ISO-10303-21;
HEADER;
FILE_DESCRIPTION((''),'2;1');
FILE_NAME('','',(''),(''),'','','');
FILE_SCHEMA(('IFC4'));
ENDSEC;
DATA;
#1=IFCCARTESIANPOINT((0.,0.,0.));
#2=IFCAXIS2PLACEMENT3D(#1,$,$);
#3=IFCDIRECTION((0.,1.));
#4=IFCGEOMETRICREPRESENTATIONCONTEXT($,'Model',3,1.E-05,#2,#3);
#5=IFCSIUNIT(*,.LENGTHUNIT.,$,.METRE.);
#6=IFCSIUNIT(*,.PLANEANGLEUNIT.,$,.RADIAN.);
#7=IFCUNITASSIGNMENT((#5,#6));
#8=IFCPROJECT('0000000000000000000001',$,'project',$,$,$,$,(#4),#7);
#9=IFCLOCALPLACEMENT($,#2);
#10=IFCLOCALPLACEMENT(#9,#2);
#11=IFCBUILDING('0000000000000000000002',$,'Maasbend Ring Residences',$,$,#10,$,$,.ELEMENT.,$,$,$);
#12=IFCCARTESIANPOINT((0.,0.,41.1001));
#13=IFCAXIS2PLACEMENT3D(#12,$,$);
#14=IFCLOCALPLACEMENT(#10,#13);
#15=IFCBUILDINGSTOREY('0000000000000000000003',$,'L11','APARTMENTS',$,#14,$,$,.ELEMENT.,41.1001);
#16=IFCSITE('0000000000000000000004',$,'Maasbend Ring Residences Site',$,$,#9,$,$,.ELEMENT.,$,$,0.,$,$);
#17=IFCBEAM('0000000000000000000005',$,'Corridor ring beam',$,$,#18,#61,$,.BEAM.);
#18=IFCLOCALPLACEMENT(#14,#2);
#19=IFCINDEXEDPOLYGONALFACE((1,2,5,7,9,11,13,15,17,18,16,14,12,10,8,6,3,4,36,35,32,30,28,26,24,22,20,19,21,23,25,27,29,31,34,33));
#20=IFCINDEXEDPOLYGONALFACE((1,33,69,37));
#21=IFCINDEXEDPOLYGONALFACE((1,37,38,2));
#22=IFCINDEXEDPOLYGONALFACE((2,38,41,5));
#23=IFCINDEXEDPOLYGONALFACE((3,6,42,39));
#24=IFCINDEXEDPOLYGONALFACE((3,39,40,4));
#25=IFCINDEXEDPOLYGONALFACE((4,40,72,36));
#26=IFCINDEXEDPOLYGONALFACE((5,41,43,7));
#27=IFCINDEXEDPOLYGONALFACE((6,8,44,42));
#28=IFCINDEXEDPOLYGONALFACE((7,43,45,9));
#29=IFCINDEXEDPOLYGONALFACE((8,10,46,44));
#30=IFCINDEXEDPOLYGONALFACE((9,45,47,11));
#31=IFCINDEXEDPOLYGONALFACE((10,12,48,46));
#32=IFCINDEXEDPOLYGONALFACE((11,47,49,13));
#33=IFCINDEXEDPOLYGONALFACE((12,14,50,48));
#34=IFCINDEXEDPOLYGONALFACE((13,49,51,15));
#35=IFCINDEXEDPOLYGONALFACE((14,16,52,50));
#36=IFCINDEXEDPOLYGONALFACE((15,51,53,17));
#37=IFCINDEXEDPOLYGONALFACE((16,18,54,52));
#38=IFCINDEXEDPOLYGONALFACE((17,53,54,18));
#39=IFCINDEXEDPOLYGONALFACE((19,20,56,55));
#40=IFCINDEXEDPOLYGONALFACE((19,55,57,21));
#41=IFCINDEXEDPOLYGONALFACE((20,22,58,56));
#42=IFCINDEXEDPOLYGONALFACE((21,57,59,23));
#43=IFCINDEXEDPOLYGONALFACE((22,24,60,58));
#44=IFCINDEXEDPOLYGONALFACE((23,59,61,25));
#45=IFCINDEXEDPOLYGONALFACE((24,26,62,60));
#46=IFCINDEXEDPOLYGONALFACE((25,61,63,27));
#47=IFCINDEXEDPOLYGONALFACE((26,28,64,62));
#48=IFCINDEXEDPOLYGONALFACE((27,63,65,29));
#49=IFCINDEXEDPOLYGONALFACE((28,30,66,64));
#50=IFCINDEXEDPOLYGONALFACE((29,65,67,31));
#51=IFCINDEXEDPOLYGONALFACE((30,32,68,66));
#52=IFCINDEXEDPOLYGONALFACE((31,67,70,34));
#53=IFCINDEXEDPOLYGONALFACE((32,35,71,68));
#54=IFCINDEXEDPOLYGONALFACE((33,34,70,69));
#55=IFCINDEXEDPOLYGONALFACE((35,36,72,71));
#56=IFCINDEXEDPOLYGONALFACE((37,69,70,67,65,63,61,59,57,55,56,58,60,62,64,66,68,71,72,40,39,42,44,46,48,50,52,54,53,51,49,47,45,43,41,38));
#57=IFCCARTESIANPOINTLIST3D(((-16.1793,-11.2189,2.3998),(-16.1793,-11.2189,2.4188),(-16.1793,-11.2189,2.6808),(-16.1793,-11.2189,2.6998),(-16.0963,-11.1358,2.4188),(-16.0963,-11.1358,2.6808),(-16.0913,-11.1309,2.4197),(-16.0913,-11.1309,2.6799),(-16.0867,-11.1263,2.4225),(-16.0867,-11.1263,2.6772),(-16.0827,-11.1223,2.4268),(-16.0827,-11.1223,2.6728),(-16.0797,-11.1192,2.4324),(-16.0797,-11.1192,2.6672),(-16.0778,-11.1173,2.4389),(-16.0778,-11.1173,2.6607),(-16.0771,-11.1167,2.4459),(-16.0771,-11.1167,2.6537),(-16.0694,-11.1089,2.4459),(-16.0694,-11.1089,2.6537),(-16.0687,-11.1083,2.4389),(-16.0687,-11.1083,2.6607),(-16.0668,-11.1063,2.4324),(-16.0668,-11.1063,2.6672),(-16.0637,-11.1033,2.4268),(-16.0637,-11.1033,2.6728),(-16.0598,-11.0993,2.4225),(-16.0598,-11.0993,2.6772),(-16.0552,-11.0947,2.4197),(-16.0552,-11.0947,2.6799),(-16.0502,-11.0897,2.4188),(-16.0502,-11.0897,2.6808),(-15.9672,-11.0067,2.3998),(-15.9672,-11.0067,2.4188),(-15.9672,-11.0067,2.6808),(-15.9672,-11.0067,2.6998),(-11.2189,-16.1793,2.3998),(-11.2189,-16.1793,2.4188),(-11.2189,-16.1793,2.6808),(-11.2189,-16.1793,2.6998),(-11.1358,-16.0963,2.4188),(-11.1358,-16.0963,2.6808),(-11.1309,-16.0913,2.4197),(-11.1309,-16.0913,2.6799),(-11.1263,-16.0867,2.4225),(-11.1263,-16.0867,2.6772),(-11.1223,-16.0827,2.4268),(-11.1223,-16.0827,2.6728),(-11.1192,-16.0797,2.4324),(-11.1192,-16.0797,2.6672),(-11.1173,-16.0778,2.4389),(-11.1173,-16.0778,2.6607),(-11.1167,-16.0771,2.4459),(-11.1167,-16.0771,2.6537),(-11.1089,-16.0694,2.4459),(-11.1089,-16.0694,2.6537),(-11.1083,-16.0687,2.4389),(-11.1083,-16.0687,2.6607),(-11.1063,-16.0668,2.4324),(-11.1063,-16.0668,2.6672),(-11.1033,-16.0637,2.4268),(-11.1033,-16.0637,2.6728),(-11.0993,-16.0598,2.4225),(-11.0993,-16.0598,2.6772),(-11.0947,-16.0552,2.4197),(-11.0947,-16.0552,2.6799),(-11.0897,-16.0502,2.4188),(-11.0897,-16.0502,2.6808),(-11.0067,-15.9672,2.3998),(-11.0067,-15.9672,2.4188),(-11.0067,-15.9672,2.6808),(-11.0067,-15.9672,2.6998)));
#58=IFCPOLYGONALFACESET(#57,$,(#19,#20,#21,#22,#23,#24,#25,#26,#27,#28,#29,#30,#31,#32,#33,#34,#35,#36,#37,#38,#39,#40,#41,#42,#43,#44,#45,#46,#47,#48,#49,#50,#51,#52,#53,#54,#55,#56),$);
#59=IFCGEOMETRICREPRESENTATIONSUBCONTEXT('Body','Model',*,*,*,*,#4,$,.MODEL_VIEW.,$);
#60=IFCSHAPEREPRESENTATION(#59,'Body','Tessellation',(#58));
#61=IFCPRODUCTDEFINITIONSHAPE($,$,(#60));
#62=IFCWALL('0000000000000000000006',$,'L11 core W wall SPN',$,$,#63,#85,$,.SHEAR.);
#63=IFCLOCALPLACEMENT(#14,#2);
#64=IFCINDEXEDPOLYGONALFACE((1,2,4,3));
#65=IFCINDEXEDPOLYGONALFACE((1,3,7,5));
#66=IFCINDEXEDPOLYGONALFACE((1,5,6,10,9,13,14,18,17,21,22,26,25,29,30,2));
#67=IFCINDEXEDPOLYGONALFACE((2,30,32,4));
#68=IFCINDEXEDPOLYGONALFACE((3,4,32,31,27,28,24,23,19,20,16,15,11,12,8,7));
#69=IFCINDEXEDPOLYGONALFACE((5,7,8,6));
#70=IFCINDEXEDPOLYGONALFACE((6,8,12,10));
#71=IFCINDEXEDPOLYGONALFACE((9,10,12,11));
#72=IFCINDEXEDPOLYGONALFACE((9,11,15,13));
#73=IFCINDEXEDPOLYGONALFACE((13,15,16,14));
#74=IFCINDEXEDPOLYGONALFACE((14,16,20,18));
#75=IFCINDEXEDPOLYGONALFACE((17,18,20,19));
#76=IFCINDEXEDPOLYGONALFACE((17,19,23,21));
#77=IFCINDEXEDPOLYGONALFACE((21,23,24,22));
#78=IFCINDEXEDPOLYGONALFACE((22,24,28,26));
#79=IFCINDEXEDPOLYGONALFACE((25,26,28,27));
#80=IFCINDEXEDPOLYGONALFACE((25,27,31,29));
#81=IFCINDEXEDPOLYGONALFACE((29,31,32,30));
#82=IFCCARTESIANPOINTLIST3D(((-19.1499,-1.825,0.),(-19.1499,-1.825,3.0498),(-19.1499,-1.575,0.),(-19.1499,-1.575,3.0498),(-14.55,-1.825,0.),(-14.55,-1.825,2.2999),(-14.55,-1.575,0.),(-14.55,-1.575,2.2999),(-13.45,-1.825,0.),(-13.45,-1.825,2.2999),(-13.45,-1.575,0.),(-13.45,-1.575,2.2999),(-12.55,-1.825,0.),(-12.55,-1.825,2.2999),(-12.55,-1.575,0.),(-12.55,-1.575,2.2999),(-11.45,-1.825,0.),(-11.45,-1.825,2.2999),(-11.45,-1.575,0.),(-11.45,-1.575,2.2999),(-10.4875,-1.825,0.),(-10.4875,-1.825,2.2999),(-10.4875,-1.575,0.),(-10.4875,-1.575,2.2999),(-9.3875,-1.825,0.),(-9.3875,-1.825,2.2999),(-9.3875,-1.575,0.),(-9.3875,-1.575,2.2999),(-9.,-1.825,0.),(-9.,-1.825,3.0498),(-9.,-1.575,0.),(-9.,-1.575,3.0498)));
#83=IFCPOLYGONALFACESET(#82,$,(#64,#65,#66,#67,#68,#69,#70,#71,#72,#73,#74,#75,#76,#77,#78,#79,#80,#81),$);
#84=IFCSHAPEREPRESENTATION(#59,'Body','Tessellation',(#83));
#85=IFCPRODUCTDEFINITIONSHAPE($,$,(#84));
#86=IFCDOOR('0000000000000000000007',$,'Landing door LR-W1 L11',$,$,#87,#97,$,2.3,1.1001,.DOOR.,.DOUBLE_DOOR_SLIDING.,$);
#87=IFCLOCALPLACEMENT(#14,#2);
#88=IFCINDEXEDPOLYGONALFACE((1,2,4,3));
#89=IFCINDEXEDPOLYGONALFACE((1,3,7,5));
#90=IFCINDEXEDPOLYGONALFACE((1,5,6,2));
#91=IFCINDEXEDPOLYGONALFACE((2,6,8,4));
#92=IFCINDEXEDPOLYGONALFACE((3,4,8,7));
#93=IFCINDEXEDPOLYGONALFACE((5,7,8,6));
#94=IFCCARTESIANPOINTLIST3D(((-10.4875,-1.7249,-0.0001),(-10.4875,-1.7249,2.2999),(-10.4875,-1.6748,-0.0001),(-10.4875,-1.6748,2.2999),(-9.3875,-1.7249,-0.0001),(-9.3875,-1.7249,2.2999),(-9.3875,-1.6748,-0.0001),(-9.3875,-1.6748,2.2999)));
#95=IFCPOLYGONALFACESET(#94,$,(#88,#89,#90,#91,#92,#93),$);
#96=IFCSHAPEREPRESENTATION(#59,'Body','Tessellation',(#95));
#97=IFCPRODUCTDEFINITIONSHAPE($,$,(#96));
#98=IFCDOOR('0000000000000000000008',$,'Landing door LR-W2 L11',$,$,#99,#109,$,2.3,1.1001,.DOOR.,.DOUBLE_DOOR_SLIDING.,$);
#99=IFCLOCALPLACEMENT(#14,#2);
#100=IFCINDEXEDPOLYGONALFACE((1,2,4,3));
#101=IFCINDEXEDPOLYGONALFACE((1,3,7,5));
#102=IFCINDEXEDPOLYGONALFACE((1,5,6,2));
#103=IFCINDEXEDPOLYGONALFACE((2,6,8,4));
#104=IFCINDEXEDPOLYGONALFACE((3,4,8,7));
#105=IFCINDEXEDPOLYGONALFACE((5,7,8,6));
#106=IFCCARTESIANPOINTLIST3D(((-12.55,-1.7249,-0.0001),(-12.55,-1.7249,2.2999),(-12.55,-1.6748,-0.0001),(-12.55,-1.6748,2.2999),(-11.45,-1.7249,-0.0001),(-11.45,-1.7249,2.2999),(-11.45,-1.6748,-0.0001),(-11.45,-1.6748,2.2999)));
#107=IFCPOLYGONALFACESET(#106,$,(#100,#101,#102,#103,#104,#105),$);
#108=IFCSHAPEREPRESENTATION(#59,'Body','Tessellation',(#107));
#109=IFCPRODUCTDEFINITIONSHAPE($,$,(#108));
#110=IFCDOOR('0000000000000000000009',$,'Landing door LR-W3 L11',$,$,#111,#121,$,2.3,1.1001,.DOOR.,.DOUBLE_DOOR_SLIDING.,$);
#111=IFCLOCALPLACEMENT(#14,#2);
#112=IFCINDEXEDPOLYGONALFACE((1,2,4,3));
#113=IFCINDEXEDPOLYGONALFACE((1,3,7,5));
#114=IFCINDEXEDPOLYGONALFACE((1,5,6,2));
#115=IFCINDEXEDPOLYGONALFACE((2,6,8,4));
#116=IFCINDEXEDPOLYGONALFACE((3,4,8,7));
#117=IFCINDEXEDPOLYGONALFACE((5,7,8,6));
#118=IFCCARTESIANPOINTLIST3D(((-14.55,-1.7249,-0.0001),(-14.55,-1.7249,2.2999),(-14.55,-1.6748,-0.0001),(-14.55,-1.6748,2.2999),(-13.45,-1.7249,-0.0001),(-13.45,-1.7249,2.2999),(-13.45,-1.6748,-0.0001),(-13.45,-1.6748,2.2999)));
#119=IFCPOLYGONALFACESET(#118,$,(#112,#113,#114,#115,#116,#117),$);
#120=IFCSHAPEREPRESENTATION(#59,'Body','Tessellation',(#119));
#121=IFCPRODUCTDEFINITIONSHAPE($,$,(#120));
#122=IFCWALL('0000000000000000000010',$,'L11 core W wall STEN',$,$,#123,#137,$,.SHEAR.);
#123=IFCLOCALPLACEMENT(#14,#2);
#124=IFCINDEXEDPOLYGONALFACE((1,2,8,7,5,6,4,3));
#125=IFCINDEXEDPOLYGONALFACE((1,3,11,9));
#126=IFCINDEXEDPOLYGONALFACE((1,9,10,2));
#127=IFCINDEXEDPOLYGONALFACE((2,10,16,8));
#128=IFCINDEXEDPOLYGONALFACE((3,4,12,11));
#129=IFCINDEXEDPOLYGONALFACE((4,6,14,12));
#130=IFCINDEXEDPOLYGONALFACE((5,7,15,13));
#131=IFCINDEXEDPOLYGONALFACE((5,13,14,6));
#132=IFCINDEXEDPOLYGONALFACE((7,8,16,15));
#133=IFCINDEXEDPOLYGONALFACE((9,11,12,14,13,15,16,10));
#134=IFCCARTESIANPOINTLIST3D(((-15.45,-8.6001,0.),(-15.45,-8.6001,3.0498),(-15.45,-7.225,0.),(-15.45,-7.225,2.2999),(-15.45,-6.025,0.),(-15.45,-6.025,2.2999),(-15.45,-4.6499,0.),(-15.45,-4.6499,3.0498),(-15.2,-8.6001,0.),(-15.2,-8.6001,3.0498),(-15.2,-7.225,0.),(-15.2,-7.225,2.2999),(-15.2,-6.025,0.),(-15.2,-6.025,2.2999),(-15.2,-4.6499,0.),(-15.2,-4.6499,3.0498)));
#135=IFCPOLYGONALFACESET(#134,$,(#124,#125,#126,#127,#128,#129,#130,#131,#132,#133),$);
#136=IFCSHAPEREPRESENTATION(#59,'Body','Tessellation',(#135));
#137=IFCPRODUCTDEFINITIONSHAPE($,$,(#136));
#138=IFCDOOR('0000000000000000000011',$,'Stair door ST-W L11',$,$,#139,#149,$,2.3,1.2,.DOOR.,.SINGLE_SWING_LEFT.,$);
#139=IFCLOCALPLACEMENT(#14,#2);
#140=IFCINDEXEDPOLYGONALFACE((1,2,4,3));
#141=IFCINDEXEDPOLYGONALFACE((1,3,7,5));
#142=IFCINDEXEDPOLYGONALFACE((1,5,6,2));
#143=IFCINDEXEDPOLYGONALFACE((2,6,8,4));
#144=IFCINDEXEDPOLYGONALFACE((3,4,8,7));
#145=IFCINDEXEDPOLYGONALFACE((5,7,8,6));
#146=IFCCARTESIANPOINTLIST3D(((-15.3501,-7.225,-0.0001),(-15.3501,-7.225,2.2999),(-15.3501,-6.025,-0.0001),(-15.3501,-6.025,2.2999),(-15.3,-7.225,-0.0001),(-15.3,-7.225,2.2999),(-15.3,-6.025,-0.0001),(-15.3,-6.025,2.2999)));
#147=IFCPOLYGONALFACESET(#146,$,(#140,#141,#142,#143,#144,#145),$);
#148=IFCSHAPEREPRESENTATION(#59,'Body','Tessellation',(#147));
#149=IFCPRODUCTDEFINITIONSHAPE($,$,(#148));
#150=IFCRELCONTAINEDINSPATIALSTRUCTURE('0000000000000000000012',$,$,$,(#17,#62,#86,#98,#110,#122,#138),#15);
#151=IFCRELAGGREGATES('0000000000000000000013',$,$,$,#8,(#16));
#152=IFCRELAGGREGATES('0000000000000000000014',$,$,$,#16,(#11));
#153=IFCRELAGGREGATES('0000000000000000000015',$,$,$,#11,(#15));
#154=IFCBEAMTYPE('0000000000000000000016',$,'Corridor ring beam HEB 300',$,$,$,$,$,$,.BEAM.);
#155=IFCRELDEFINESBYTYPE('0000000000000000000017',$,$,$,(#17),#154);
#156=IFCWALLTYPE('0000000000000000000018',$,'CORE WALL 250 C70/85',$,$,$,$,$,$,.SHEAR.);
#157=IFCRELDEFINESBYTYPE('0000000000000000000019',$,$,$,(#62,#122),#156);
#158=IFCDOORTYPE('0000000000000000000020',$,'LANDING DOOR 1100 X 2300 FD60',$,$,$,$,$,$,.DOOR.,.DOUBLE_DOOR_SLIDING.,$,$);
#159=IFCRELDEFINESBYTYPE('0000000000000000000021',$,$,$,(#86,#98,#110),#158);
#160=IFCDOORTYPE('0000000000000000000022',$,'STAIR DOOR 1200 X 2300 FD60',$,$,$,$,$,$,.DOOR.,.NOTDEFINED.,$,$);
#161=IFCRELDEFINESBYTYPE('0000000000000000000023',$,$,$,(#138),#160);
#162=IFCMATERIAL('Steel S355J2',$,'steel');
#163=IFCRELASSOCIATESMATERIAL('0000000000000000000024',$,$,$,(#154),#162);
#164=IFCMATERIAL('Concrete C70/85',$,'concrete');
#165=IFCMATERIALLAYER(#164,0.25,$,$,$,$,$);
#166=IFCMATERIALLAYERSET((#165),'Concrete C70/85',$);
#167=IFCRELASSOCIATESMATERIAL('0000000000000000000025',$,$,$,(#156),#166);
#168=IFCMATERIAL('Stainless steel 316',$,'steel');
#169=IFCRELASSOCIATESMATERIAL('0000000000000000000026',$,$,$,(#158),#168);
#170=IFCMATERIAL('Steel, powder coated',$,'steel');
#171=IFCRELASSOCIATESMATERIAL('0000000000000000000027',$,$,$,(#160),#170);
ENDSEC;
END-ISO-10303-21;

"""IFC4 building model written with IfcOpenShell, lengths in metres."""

from ifc_helpers import new_model, si_unit, direction, frame, frame_2d, origin, origin_2d, place, context, subcontext, project, spatial, rectangle, i_section, extrude, material, layer, layer_set, material_profile, profile_set, type_object, element, fill, save


model = new_model("IFC4")

# Units and contexts
model_context = context("Model", 3, precision=1e-05, world=origin(), true_north=direction((0.0, 1.0)))
body_context = subcontext(model_context, "Body", "Model", "MODEL_VIEW")
ifc_project = project(units=[si_unit("LENGTHUNIT", "METRE"), si_unit("PLANEANGLEUNIT", "RADIAN")], contexts=[model_context])

# Site, building, storey
site_placement = place(None, origin())
site = spatial("IfcSite", under=ifc_project, at=site_placement, Name="Maasbend Ring Residences Site", CompositionType="ELEMENT", RefElevation=0.0)
building_placement = place(site_placement, origin())
building = spatial("IfcBuilding", under=site, at=building_placement, Name="Maasbend Ring Residences", CompositionType="ELEMENT")
storey_placement = place(building_placement, frame((0.0, 0.0, 41.1001)))
storey = spatial("IfcBuildingStorey", under=building, at=storey_placement, Name="L11", Description="APARTMENTS", CompositionType="ELEMENT", Elevation=41.1001)

# Beam
ifc_material_1 = material(Name="Steel S355J2", Category="steel")
ifc_material_profile = material_profile(ifc_material_1, i_section(OverallWidth=0.3, OverallDepth=0.3, WebThickness=0.011, FlangeThickness=0.019, FilletRadius=0.0271, at=origin_2d()), Name="HEB 300")
ifc_profile_set = profile_set([ifc_material_profile], Name="Steel S355J2")
beam_type = type_object("IfcBeamType", Name="Corridor ring beam HEB 300", PredefinedType="BEAM", material=ifc_profile_set)
beam_placement = place(storey_placement, frame((-16.0732, -11.1128, 2.5498), z_axis=(0.707107, -0.707107, 0.0), x_axis=(0.707107, 0.707107, 0.0)))
element("IfcBeam", 1, at=beam_placement, inside=storey, type_object=beam_type, Name="Corridor ring beam", PredefinedType="BEAM", context=body_context, shape_type="SweptSolid", body=[
    extrude(i_section(OverallWidth=0.3, OverallDepth=0.3, WebThickness=0.011, FlangeThickness=0.019, FilletRadius=0.0271, at=origin_2d()), origin(), (0.0, 0.0, 1.0), 7.0151),
])

# Wall, openings, doors
ifc_material_2 = material(Name="Concrete C70/85", Category="concrete")
ifc_layer_1 = layer(ifc_material_2, 0.25)
ifc_layer_set_1 = layer_set([ifc_layer_1], Name="Concrete C70/85")
wall_type_1 = type_object("IfcWallType", Name="CORE WALL 250 C70/85", PredefinedType="SHEAR", material=ifc_layer_set_1)
wall_1_placement = place(storey_placement, frame((-9.0, -1.7, 0.0), z_axis=(0.0, 0.0, 1.0), x_axis=(-1.0, 0.0, 0.0)))
wall_1 = element("IfcWall", 2, at=wall_1_placement, inside=storey, type_object=wall_type_1, Name="L11 core W wall SPN", PredefinedType="SHEAR", context=body_context, shape_type="SweptSolid", body=[
    extrude(rectangle(XDim=10.1499, YDim=0.25, at=frame_2d((5.075, 0.0))), origin(), (0.0, 0.0, 1.0), 3.0498),
])
opening_1_placement = place(wall_1_placement, frame((0.3875, 0.0, 0.0)))
opening_1 = element("IfcOpeningElement", 3, at=opening_1_placement, cuts=wall_1, PredefinedType="OPENING", context=body_context, shape_type="SweptSolid", body=[
    extrude(rectangle(XDim=1.1001, YDim=2.3, at=frame_2d((0.55, 1.1499))), frame((0.0, 0.135, 0.0), z_axis=(0.0, -1.0, 0.0), x_axis=(1.0, 0.0, 0.0)), (0.0, 0.0, 1.0), 0.27),
])
opening_2_placement = place(wall_1_placement, frame((2.45, 0.0, 0.0)))
opening_2 = element("IfcOpeningElement", 4, at=opening_2_placement, cuts=wall_1, PredefinedType="OPENING", context=body_context, shape_type="SweptSolid", body=[
    extrude(rectangle(XDim=1.1001, YDim=2.3, at=frame_2d((0.55, 1.1499))), frame((0.0, 0.135, 0.0), z_axis=(0.0, -1.0, 0.0), x_axis=(1.0, 0.0, 0.0)), (0.0, 0.0, 1.0), 0.27),
])
opening_3_placement = place(wall_1_placement, frame((4.45, 0.0, 0.0)))
opening_3 = element("IfcOpeningElement", 5, at=opening_3_placement, cuts=wall_1, PredefinedType="OPENING", context=body_context, shape_type="SweptSolid", body=[
    extrude(rectangle(XDim=1.1001, YDim=2.3, at=frame_2d((0.55, 1.1499))), frame((0.0, 0.135, 0.0), z_axis=(0.0, -1.0, 0.0), x_axis=(1.0, 0.0, 0.0)), (0.0, 0.0, 1.0), 0.27),
])
ifc_material_3 = material(Name="Stainless steel 316", Category="steel")
door_type_1 = type_object("IfcDoorType", Name="LANDING DOOR 1100 X 2300 FD60", OperationType="DOUBLE_DOOR_SLIDING", PredefinedType="DOOR", material=ifc_material_3)
door_1_placement = place(opening_1_placement, origin())
door_1 = element("IfcDoor", 6, at=door_1_placement, inside=storey, type_object=door_type_1, Name="Landing door LR-W1 L11", OperationType="DOUBLE_DOOR_SLIDING", OverallHeight=2.3, OverallWidth=1.1001, PredefinedType="DOOR", context=body_context, shape_type="SweptSolid", body=[
    extrude(rectangle(XDim=1.1001, YDim=2.3, at=frame_2d((0.55, 1.1499))), frame((0.0, 0.0249, 0.0), z_axis=(0.0, -1.0, 0.0), x_axis=(1.0, 0.0, 0.0)), (0.0, 0.0, 1.0), 0.05),
])
fill(opening_1, door_1)
door_2_placement = place(opening_2_placement, origin())
door_2 = element("IfcDoor", 7, at=door_2_placement, inside=storey, type_object=door_type_1, Name="Landing door LR-W2 L11", OperationType="DOUBLE_DOOR_SLIDING", OverallHeight=2.3, OverallWidth=1.1001, PredefinedType="DOOR", context=body_context, shape_type="SweptSolid", body=[
    extrude(rectangle(XDim=1.1001, YDim=2.3, at=frame_2d((0.55, 1.1499))), frame((0.0, 0.0249, 0.0), z_axis=(0.0, -1.0, 0.0), x_axis=(1.0, 0.0, 0.0)), (0.0, 0.0, 1.0), 0.05),
])
fill(opening_2, door_2)
door_3_placement = place(opening_3_placement, origin())
door_3 = element("IfcDoor", 8, at=door_3_placement, inside=storey, type_object=door_type_1, Name="Landing door LR-W3 L11", OperationType="DOUBLE_DOOR_SLIDING", OverallHeight=2.3, OverallWidth=1.1001, PredefinedType="DOOR", context=body_context, shape_type="SweptSolid", body=[
    extrude(rectangle(XDim=1.1001, YDim=2.3, at=frame_2d((0.55, 1.1499))), frame((0.0, 0.0249, 0.0), z_axis=(0.0, -1.0, 0.0), x_axis=(1.0, 0.0, 0.0)), (0.0, 0.0, 1.0), 0.05),
])
fill(opening_3, door_3)

# Wall, opening, door
wall_2_placement = place(storey_placement, frame((-15.325, -4.6499, 0.0), z_axis=(0.0, 0.0, 1.0), x_axis=(0.0, -1.0, 0.0)))
wall_2 = element("IfcWall", 9, at=wall_2_placement, inside=storey, type_object=wall_type_1, Name="L11 core W wall STEN", PredefinedType="SHEAR", context=body_context, shape_type="SweptSolid", body=[
    extrude(rectangle(XDim=3.9502, YDim=0.25, at=frame_2d((1.9751, 0.0))), origin(), (0.0, 0.0, 1.0), 3.0498),
])
opening_4_placement = place(wall_2_placement, frame((1.375, 0.0, 0.0)))
opening_4 = element("IfcOpeningElement", 10, at=opening_4_placement, cuts=wall_2, PredefinedType="OPENING", context=body_context, shape_type="SweptSolid", body=[
    extrude(rectangle(XDim=1.2, YDim=2.3, at=frame_2d((0.6001, 1.1499))), frame((0.0, 0.135, 0.0), z_axis=(0.0, -1.0, 0.0), x_axis=(1.0, 0.0, 0.0)), (0.0, 0.0, 1.0), 0.27),
])
ifc_material_4 = material(Name="Steel, powder coated", Category="steel")
door_type_2 = type_object("IfcDoorType", Name="STAIR DOOR 1200 X 2300 FD60", OperationType="NOTDEFINED", PredefinedType="DOOR", material=ifc_material_4)
door_4_placement = place(opening_4_placement, origin())
door_4 = element("IfcDoor", 11, at=door_4_placement, inside=storey, type_object=door_type_2, Name="Stair door ST-W L11", OperationType="SINGLE_SWING_LEFT", OverallHeight=2.3, OverallWidth=1.2, PredefinedType="DOOR", context=body_context, shape_type="SweptSolid", body=[
    extrude(rectangle(XDim=1.2, YDim=2.3, at=frame_2d((0.6001, 1.1499))), frame((0.0, 0.0249, 0.0), z_axis=(0.0, -1.0, 0.0), x_axis=(1.0, 0.0, 0.0)), (0.0, 0.0, 1.0), 0.05),
])
fill(opening_4, door_4)

save(model, "model.ifc")
